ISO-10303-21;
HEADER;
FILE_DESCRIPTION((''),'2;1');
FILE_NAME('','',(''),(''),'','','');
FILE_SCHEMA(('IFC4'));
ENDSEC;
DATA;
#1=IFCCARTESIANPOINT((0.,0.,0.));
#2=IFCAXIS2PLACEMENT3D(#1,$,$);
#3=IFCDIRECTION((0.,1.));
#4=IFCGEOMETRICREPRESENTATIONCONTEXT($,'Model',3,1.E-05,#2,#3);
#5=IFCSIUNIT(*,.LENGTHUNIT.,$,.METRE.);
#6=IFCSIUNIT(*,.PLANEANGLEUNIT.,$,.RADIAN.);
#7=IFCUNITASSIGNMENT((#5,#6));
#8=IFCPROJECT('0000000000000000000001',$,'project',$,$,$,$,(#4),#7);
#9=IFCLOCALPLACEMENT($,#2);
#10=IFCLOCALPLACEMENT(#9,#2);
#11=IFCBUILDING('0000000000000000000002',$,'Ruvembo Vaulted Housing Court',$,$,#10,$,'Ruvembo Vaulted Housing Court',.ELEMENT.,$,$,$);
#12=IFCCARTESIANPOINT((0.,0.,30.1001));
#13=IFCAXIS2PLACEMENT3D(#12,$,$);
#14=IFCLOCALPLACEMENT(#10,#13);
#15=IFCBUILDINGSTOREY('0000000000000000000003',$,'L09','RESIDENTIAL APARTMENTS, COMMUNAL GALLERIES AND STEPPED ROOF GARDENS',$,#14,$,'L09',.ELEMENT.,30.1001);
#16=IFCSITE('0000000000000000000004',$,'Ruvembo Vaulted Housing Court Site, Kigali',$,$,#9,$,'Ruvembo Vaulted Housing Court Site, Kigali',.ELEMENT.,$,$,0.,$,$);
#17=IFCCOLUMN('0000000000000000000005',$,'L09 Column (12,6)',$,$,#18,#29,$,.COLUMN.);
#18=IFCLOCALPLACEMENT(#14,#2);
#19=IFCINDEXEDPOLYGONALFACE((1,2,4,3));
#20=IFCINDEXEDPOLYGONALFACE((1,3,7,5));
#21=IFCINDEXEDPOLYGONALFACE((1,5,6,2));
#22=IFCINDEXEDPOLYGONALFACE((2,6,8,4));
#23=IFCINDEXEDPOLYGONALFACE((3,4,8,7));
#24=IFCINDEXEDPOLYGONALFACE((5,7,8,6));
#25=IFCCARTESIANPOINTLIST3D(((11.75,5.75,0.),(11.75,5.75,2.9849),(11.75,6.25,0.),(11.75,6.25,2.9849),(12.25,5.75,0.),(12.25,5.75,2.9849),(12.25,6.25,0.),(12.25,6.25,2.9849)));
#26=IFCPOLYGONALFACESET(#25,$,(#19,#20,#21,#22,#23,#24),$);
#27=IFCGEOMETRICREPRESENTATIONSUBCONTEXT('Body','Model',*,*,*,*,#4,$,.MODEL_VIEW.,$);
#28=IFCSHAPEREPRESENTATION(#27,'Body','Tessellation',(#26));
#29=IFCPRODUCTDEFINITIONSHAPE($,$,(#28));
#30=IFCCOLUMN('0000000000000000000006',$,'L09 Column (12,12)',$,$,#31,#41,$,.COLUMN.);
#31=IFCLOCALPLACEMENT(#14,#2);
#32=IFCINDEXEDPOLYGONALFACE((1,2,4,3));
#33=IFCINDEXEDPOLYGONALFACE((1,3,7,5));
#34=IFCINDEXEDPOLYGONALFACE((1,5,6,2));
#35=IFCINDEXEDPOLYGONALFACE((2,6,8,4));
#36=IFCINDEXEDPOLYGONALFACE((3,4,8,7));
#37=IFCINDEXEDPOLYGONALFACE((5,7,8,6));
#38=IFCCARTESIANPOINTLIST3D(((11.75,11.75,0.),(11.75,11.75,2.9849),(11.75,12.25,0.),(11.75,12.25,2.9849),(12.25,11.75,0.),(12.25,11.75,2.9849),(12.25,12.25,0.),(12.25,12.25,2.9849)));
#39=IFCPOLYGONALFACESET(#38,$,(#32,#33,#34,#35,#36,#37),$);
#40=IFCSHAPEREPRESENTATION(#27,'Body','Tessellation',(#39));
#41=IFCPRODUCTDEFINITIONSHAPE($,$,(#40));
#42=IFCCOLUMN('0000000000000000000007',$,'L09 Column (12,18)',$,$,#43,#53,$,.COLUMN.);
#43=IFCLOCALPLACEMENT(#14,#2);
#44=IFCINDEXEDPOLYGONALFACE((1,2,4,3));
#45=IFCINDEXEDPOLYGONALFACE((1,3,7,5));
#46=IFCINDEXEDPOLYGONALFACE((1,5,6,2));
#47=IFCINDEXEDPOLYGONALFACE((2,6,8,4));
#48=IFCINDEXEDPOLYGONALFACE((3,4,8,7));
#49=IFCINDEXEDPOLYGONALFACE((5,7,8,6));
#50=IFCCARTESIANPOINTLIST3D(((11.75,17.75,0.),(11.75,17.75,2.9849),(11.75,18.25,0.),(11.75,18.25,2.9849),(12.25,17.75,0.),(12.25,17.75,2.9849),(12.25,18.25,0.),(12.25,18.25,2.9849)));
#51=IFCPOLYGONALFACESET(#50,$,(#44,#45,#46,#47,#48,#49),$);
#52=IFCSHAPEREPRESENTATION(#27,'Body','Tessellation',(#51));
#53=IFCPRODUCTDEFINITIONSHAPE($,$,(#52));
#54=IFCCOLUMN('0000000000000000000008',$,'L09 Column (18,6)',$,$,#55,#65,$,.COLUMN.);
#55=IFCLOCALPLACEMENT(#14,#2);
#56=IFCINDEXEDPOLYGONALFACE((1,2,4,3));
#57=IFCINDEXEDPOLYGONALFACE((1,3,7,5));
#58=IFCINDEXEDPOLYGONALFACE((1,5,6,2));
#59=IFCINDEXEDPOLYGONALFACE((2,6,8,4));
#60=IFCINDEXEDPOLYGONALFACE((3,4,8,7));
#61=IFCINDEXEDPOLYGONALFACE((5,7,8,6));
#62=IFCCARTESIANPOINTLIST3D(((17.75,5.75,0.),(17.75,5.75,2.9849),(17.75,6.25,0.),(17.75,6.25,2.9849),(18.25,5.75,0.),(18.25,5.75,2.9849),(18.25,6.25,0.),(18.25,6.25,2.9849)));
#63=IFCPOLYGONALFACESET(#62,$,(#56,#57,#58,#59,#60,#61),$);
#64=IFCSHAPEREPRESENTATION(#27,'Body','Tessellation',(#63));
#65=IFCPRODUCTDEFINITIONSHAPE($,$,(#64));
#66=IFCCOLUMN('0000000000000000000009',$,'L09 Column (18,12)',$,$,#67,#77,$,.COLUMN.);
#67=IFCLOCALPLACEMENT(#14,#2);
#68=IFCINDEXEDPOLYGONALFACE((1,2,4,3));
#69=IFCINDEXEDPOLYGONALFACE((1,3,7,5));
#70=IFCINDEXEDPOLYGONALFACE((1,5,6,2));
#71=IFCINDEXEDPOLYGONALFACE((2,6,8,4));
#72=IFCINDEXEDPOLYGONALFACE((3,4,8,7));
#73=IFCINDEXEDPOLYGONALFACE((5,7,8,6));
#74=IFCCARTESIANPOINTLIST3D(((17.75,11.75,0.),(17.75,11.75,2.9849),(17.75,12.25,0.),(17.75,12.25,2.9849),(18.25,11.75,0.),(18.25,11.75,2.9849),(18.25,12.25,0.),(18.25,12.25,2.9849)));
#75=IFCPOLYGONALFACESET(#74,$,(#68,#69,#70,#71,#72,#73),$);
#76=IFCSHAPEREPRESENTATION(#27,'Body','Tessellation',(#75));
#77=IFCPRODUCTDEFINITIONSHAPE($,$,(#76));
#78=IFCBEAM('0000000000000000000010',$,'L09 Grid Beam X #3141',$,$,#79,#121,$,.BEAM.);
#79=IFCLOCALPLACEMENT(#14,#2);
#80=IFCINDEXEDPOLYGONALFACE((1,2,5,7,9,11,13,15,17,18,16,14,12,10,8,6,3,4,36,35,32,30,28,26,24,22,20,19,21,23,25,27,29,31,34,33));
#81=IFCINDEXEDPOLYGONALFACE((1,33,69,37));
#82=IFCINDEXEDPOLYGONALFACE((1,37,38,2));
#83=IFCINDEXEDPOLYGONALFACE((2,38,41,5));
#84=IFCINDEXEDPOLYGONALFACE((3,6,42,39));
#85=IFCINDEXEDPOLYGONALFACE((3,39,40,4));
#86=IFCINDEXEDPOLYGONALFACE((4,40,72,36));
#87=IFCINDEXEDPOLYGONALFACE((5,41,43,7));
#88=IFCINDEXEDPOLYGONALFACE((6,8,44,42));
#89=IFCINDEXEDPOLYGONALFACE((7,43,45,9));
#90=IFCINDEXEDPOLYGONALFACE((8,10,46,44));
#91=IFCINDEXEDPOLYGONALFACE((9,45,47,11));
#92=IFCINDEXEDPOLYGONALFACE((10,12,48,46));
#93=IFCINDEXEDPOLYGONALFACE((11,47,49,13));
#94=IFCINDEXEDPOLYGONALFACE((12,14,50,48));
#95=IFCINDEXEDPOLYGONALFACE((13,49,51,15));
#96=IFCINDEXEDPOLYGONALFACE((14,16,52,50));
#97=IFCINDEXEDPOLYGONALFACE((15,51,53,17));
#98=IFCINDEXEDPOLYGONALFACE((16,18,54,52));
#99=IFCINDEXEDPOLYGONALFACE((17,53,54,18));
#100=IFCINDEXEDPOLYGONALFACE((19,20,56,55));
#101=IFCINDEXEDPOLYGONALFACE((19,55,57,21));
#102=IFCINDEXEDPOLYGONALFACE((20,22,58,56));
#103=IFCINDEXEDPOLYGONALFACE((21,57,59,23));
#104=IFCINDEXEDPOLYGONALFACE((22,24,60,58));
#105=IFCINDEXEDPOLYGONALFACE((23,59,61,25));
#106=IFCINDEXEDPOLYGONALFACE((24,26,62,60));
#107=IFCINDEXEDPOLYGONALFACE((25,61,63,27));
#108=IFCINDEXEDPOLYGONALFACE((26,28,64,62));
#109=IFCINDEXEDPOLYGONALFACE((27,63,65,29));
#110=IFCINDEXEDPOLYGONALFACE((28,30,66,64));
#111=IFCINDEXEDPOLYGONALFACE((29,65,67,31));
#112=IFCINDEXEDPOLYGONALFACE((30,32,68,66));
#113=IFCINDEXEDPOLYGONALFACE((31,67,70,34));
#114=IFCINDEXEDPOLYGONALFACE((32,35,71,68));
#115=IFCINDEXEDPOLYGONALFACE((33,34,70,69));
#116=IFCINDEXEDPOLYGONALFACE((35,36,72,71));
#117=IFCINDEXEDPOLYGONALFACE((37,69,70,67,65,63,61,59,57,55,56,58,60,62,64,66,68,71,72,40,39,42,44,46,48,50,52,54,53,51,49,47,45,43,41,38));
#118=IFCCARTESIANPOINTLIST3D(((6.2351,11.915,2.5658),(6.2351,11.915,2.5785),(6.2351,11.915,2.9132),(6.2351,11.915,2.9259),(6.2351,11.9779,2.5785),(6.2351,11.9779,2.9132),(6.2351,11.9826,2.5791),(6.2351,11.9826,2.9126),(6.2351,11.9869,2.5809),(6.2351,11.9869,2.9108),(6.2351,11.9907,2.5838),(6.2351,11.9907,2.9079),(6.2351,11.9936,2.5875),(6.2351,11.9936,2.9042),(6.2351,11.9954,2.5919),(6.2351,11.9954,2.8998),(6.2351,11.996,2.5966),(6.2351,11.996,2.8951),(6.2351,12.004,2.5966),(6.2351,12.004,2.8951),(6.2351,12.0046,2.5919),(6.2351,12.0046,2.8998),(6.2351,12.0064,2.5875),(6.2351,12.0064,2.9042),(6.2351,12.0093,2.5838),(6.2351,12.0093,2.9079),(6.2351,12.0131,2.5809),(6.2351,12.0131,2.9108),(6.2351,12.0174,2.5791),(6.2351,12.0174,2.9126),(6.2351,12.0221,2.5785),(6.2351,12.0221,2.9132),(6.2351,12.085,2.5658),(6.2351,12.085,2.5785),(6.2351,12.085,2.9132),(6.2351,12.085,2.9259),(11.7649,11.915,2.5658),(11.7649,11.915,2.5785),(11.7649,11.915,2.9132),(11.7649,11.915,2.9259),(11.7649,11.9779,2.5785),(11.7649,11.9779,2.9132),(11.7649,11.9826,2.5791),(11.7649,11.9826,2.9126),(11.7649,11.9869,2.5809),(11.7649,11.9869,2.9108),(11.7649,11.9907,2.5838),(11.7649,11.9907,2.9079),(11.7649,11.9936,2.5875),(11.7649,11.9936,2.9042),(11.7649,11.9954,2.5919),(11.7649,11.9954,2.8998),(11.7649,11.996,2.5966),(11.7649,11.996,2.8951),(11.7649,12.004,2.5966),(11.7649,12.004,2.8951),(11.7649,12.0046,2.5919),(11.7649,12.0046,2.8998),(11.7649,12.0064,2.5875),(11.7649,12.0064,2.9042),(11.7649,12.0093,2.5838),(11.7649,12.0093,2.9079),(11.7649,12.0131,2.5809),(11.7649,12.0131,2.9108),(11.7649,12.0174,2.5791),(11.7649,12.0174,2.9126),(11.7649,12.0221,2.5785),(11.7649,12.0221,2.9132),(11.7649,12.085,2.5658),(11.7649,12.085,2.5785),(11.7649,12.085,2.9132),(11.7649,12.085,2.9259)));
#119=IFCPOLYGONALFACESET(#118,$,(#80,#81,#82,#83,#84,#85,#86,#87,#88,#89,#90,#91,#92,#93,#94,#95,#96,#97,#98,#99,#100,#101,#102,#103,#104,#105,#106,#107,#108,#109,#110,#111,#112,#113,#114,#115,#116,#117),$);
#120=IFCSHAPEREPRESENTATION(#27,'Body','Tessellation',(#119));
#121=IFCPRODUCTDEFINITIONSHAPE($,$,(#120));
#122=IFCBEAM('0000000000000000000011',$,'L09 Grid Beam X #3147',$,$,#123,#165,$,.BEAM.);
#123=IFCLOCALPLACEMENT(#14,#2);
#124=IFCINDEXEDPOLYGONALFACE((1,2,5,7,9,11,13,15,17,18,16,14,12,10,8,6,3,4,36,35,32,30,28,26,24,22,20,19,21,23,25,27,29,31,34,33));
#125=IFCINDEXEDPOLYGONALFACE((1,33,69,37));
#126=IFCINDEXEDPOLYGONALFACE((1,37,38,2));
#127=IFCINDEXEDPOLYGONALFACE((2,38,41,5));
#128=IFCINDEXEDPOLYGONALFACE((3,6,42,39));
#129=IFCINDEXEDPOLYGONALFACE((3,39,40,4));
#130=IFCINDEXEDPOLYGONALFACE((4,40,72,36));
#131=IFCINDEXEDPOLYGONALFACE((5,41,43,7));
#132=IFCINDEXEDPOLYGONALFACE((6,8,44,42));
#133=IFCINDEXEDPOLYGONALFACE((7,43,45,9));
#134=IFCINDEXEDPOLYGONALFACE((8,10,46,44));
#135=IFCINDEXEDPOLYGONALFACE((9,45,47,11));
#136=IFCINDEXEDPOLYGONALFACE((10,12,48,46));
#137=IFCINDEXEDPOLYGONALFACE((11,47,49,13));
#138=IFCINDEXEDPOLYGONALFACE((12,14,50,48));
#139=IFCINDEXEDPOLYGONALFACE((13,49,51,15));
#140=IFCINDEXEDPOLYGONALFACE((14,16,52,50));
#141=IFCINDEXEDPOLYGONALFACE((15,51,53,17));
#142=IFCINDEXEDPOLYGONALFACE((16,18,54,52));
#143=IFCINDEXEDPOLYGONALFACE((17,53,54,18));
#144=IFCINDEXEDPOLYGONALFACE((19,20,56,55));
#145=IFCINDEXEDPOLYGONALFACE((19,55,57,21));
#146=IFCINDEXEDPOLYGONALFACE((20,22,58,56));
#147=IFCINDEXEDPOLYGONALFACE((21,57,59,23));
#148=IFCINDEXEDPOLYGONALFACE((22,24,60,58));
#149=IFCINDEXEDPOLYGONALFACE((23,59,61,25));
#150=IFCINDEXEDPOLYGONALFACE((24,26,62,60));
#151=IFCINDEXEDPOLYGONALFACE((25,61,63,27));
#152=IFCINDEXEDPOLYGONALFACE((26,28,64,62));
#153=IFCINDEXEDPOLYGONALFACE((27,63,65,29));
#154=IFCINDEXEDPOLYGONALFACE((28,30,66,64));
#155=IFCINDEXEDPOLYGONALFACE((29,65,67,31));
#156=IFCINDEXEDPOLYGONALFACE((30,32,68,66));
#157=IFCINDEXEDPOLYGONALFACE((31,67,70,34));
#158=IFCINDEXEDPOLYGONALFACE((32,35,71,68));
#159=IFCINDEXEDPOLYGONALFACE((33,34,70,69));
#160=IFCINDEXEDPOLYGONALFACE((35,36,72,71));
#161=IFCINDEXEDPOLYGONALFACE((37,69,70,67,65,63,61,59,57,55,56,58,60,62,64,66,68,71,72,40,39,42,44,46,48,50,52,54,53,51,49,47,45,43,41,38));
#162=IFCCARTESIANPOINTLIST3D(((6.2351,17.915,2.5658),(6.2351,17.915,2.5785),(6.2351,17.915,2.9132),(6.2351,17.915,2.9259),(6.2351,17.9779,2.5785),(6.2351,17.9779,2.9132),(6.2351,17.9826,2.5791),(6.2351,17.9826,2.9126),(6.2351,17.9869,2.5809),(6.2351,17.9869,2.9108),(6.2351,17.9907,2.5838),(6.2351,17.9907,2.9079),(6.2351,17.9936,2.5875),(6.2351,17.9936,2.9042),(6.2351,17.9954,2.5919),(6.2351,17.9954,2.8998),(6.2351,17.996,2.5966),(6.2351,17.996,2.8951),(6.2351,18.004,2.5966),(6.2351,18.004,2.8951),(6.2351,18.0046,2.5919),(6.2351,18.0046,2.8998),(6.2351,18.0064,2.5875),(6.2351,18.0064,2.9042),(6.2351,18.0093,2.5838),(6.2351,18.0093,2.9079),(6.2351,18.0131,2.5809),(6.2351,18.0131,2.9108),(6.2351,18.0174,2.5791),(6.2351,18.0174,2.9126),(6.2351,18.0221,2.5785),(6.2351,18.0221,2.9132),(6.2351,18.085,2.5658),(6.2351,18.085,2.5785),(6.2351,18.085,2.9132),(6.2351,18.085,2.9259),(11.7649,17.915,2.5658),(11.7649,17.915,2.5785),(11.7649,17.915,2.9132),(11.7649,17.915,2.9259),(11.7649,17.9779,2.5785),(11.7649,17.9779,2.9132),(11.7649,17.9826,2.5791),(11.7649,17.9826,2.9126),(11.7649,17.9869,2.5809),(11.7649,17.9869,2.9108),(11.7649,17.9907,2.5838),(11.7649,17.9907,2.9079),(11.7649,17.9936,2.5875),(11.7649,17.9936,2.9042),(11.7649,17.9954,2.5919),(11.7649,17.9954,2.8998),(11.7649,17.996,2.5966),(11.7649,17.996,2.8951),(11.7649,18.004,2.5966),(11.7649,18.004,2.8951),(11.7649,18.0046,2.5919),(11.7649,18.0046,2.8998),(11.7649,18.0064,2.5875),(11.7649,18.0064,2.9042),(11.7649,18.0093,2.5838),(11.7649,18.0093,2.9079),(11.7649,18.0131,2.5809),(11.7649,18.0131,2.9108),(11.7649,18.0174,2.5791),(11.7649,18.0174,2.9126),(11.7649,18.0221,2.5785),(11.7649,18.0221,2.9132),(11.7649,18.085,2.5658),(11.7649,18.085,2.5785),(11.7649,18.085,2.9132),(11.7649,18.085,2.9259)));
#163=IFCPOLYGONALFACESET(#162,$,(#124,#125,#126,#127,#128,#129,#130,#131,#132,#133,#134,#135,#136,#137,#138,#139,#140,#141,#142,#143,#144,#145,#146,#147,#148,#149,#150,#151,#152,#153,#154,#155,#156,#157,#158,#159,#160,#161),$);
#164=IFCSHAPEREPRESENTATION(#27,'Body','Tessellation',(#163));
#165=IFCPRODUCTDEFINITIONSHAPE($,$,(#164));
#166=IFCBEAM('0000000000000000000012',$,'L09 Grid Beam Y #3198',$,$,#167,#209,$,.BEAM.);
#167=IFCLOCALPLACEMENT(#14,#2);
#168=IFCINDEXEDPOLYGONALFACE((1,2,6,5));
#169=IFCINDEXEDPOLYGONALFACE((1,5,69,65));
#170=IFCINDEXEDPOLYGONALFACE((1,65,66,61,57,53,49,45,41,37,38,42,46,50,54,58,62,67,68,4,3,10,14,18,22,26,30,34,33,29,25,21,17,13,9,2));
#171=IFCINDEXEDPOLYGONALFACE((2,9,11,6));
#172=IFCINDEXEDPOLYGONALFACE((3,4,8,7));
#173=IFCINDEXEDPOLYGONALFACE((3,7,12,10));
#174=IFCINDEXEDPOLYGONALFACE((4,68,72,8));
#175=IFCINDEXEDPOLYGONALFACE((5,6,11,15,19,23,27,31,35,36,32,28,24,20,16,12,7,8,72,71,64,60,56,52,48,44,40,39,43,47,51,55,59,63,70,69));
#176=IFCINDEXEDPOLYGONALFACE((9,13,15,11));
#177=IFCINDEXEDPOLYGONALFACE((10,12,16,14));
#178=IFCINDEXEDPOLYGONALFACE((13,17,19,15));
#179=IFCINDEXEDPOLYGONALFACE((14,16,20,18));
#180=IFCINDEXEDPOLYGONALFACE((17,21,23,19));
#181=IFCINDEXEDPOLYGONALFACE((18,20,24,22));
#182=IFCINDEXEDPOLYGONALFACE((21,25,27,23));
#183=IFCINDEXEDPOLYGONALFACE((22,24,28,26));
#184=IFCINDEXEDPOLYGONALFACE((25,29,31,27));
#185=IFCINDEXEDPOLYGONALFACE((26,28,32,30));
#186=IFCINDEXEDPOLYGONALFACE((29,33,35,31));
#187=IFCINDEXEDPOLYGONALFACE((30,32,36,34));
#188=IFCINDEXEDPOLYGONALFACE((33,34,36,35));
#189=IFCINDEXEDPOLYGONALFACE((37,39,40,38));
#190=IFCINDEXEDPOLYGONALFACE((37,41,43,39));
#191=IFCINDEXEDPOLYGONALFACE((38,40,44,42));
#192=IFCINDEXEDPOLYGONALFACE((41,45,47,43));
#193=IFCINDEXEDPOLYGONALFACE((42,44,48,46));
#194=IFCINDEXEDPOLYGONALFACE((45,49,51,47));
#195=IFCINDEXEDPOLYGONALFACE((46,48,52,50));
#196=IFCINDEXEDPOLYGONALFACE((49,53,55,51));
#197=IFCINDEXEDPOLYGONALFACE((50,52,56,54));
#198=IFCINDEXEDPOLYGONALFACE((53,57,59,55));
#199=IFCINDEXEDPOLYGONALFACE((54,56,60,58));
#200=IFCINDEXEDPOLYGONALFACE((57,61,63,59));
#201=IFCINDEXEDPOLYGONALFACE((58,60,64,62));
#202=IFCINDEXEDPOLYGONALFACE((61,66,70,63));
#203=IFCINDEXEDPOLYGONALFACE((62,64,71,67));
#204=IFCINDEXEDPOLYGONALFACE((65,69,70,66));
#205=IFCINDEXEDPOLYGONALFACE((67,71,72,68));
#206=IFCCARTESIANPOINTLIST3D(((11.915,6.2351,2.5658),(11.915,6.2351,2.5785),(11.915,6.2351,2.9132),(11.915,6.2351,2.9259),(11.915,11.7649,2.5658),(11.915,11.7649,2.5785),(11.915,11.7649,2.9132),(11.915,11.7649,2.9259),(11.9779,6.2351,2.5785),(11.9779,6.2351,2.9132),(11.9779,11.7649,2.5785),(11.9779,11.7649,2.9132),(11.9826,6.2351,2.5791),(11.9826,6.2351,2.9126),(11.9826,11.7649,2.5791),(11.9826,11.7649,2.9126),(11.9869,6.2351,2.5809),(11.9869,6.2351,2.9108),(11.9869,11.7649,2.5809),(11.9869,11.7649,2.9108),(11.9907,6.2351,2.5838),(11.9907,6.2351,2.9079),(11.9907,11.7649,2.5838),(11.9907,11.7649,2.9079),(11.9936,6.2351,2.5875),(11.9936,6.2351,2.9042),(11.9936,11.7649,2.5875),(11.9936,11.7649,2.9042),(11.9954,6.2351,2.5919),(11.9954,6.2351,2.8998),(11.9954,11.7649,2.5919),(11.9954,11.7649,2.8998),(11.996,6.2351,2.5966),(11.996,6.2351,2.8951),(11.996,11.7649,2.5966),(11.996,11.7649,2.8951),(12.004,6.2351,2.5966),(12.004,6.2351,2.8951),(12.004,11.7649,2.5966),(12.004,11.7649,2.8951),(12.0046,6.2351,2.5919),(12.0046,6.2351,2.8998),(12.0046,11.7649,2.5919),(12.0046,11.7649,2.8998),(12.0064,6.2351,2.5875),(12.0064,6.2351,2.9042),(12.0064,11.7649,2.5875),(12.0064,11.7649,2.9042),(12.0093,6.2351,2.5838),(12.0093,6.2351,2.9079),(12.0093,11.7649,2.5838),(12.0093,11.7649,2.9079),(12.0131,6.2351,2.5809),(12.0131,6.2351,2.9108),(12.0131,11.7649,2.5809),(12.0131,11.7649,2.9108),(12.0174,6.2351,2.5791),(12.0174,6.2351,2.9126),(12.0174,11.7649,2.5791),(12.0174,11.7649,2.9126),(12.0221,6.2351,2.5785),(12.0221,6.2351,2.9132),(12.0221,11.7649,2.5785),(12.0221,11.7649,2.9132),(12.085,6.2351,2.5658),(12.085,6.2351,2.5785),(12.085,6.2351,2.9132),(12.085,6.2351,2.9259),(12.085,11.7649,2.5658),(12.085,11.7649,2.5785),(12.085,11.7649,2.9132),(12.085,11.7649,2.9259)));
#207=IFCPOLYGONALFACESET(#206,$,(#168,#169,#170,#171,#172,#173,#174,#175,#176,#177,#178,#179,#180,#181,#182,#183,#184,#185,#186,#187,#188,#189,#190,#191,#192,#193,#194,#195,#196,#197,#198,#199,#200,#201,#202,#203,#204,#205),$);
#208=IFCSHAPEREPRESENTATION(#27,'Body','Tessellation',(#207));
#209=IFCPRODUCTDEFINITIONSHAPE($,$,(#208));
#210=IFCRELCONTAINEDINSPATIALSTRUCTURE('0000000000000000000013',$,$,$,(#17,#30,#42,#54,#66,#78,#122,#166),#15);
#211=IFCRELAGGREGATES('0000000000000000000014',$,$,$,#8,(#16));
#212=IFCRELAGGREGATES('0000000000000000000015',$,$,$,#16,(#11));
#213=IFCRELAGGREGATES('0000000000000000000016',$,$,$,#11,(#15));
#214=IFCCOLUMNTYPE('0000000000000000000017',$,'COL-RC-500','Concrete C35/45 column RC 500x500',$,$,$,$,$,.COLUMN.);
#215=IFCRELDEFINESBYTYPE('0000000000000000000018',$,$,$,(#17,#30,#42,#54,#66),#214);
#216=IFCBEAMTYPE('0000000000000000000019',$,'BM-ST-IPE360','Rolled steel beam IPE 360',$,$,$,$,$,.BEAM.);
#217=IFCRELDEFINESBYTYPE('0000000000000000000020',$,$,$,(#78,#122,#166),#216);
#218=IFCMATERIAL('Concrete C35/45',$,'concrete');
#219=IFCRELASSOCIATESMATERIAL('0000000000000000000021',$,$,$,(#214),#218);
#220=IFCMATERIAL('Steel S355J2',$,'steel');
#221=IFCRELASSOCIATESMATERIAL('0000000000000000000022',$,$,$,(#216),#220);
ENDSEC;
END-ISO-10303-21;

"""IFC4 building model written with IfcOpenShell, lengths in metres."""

from ifc_helpers import new_model, si_unit, direction, frame, origin, origin_2d, place, context, subcontext, project, spatial, rectangle, i_section, extrude, material, material_profile, profile_set, type_object, element, save


model = new_model("IFC4")

# Units and contexts
model_context = context("Model", 3, precision=1e-05, world=origin(), true_north=direction((0.0, 1.0)))
body_context = subcontext(model_context, "Body", "Model", "MODEL_VIEW")
ifc_project = project(units=[si_unit("LENGTHUNIT", "METRE"), si_unit("PLANEANGLEUNIT", "RADIAN")], contexts=[model_context])

# Site, building, storey
site_placement = place(None, origin())
site = spatial("IfcSite", under=ifc_project, at=site_placement, Name="Ruvembo Vaulted Housing Court Site, Kigali", LongName="Ruvembo Vaulted Housing Court Site, Kigali", CompositionType="ELEMENT", RefElevation=0.0)
building_placement = place(site_placement, origin())
building = spatial("IfcBuilding", under=site, at=building_placement, Name="Ruvembo Vaulted Housing Court", LongName="Ruvembo Vaulted Housing Court", CompositionType="ELEMENT")
storey_placement = place(building_placement, frame((0.0, 0.0, 30.1001)))
storey = spatial("IfcBuildingStorey", under=building, at=storey_placement, Name="L09", Description="RESIDENTIAL APARTMENTS, COMMUNAL GALLERIES AND STEPPED ROOF GARDENS", LongName="L09", CompositionType="ELEMENT", Elevation=30.1001)

# Columns
ifc_material_1 = material(Name="Concrete C35/45", Category="concrete")
ifc_material_profile_1 = material_profile(ifc_material_1, rectangle(XDim=0.5, YDim=0.5, at=origin_2d()), Name="RC 500x500")
ifc_profile_set_1 = profile_set([ifc_material_profile_1], Name="Concrete C35/45")
column_type = type_object("IfcColumnType", Name="COL-RC-500", Description="Concrete C35/45 column RC 500x500", PredefinedType="COLUMN", material=ifc_profile_set_1)
for number, where, z_axis, x_axis, name in (
    (1, (12.0, 6.0, 0.0), (0.0, 0.0, 1.0), (1.0, 0.0, 0.0), "L09 Column (12,6)"),
    (2, (12.0, 12.0, 0.0), (0.0, 0.0, 1.0), (1.0, 0.0, 0.0), "L09 Column (12,12)"),
    (3, (12.0, 18.0, 0.0), (0.0, 0.0, 1.0), (1.0, 0.0, 0.0), "L09 Column (12,18)"),
    (4, (18.0, 6.0, 0.0), (0.0, 0.0, 1.0), (1.0, 0.0, 0.0), "L09 Column (18,6)"),
    (5, (18.0, 12.0, 0.0), (0.0, 0.0, 1.0), (1.0, 0.0, 0.0), "L09 Column (18,12)"),
):
    element("IfcColumn", number, at=place(storey_placement, frame(where, z_axis=z_axis, x_axis=x_axis)), inside=storey, type_object=column_type, Name=name, PredefinedType="COLUMN", context=body_context, shape_type="SweptSolid", body=[
        extrude(rectangle(XDim=0.5, YDim=0.5, at=origin_2d()), origin(), (0.0, 0.0, 1.0), 2.9849),
    ])

# Beams
ifc_material_2 = material(Name="Steel S355J2", Category="steel")
ifc_material_profile_2 = material_profile(ifc_material_2, i_section(OverallWidth=0.1699, OverallDepth=0.3601, WebThickness=0.0081, FlangeThickness=0.0127, FilletRadius=0.0181, at=origin_2d()), Name="IPE 360")
ifc_profile_set_2 = profile_set([ifc_material_profile_2], Name="Steel S355J2")
beam_type_1 = type_object("IfcBeamType", Name="BM-ST-IPE360", Description="Rolled steel beam IPE 360", PredefinedType="BEAM", material=ifc_profile_set_2)
for number, where, z_axis, x_axis, name in (
    (6, (6.2351, 12.0, 2.7458), (1.0, 0.0, 0.0), (0.0, 1.0, 0.0), "L09 Grid Beam X #3141"),
    (7, (6.2351, 18.0, 2.7458), (1.0, 0.0, 0.0), (0.0, 1.0, 0.0), "L09 Grid Beam X #3147"),
    (8, (12.0, 6.2351, 2.7458), (0.0, 1.0, 0.0), (-1.0, 0.0, 0.0), "L09 Grid Beam Y #3198"),
):
    element("IfcBeam", number, at=place(storey_placement, frame(where, z_axis=z_axis, x_axis=x_axis)), inside=storey, type_object=beam_type_1, Name=name, PredefinedType="BEAM", context=body_context, shape_type="SweptSolid", body=[
        extrude(i_section(OverallWidth=0.1699, OverallDepth=0.3601, WebThickness=0.0081, FlangeThickness=0.0127, FilletRadius=0.0181, at=origin_2d()), origin(), (0.0, 0.0, 1.0), 5.5298),
    ])

save(model, "model.ifc")
